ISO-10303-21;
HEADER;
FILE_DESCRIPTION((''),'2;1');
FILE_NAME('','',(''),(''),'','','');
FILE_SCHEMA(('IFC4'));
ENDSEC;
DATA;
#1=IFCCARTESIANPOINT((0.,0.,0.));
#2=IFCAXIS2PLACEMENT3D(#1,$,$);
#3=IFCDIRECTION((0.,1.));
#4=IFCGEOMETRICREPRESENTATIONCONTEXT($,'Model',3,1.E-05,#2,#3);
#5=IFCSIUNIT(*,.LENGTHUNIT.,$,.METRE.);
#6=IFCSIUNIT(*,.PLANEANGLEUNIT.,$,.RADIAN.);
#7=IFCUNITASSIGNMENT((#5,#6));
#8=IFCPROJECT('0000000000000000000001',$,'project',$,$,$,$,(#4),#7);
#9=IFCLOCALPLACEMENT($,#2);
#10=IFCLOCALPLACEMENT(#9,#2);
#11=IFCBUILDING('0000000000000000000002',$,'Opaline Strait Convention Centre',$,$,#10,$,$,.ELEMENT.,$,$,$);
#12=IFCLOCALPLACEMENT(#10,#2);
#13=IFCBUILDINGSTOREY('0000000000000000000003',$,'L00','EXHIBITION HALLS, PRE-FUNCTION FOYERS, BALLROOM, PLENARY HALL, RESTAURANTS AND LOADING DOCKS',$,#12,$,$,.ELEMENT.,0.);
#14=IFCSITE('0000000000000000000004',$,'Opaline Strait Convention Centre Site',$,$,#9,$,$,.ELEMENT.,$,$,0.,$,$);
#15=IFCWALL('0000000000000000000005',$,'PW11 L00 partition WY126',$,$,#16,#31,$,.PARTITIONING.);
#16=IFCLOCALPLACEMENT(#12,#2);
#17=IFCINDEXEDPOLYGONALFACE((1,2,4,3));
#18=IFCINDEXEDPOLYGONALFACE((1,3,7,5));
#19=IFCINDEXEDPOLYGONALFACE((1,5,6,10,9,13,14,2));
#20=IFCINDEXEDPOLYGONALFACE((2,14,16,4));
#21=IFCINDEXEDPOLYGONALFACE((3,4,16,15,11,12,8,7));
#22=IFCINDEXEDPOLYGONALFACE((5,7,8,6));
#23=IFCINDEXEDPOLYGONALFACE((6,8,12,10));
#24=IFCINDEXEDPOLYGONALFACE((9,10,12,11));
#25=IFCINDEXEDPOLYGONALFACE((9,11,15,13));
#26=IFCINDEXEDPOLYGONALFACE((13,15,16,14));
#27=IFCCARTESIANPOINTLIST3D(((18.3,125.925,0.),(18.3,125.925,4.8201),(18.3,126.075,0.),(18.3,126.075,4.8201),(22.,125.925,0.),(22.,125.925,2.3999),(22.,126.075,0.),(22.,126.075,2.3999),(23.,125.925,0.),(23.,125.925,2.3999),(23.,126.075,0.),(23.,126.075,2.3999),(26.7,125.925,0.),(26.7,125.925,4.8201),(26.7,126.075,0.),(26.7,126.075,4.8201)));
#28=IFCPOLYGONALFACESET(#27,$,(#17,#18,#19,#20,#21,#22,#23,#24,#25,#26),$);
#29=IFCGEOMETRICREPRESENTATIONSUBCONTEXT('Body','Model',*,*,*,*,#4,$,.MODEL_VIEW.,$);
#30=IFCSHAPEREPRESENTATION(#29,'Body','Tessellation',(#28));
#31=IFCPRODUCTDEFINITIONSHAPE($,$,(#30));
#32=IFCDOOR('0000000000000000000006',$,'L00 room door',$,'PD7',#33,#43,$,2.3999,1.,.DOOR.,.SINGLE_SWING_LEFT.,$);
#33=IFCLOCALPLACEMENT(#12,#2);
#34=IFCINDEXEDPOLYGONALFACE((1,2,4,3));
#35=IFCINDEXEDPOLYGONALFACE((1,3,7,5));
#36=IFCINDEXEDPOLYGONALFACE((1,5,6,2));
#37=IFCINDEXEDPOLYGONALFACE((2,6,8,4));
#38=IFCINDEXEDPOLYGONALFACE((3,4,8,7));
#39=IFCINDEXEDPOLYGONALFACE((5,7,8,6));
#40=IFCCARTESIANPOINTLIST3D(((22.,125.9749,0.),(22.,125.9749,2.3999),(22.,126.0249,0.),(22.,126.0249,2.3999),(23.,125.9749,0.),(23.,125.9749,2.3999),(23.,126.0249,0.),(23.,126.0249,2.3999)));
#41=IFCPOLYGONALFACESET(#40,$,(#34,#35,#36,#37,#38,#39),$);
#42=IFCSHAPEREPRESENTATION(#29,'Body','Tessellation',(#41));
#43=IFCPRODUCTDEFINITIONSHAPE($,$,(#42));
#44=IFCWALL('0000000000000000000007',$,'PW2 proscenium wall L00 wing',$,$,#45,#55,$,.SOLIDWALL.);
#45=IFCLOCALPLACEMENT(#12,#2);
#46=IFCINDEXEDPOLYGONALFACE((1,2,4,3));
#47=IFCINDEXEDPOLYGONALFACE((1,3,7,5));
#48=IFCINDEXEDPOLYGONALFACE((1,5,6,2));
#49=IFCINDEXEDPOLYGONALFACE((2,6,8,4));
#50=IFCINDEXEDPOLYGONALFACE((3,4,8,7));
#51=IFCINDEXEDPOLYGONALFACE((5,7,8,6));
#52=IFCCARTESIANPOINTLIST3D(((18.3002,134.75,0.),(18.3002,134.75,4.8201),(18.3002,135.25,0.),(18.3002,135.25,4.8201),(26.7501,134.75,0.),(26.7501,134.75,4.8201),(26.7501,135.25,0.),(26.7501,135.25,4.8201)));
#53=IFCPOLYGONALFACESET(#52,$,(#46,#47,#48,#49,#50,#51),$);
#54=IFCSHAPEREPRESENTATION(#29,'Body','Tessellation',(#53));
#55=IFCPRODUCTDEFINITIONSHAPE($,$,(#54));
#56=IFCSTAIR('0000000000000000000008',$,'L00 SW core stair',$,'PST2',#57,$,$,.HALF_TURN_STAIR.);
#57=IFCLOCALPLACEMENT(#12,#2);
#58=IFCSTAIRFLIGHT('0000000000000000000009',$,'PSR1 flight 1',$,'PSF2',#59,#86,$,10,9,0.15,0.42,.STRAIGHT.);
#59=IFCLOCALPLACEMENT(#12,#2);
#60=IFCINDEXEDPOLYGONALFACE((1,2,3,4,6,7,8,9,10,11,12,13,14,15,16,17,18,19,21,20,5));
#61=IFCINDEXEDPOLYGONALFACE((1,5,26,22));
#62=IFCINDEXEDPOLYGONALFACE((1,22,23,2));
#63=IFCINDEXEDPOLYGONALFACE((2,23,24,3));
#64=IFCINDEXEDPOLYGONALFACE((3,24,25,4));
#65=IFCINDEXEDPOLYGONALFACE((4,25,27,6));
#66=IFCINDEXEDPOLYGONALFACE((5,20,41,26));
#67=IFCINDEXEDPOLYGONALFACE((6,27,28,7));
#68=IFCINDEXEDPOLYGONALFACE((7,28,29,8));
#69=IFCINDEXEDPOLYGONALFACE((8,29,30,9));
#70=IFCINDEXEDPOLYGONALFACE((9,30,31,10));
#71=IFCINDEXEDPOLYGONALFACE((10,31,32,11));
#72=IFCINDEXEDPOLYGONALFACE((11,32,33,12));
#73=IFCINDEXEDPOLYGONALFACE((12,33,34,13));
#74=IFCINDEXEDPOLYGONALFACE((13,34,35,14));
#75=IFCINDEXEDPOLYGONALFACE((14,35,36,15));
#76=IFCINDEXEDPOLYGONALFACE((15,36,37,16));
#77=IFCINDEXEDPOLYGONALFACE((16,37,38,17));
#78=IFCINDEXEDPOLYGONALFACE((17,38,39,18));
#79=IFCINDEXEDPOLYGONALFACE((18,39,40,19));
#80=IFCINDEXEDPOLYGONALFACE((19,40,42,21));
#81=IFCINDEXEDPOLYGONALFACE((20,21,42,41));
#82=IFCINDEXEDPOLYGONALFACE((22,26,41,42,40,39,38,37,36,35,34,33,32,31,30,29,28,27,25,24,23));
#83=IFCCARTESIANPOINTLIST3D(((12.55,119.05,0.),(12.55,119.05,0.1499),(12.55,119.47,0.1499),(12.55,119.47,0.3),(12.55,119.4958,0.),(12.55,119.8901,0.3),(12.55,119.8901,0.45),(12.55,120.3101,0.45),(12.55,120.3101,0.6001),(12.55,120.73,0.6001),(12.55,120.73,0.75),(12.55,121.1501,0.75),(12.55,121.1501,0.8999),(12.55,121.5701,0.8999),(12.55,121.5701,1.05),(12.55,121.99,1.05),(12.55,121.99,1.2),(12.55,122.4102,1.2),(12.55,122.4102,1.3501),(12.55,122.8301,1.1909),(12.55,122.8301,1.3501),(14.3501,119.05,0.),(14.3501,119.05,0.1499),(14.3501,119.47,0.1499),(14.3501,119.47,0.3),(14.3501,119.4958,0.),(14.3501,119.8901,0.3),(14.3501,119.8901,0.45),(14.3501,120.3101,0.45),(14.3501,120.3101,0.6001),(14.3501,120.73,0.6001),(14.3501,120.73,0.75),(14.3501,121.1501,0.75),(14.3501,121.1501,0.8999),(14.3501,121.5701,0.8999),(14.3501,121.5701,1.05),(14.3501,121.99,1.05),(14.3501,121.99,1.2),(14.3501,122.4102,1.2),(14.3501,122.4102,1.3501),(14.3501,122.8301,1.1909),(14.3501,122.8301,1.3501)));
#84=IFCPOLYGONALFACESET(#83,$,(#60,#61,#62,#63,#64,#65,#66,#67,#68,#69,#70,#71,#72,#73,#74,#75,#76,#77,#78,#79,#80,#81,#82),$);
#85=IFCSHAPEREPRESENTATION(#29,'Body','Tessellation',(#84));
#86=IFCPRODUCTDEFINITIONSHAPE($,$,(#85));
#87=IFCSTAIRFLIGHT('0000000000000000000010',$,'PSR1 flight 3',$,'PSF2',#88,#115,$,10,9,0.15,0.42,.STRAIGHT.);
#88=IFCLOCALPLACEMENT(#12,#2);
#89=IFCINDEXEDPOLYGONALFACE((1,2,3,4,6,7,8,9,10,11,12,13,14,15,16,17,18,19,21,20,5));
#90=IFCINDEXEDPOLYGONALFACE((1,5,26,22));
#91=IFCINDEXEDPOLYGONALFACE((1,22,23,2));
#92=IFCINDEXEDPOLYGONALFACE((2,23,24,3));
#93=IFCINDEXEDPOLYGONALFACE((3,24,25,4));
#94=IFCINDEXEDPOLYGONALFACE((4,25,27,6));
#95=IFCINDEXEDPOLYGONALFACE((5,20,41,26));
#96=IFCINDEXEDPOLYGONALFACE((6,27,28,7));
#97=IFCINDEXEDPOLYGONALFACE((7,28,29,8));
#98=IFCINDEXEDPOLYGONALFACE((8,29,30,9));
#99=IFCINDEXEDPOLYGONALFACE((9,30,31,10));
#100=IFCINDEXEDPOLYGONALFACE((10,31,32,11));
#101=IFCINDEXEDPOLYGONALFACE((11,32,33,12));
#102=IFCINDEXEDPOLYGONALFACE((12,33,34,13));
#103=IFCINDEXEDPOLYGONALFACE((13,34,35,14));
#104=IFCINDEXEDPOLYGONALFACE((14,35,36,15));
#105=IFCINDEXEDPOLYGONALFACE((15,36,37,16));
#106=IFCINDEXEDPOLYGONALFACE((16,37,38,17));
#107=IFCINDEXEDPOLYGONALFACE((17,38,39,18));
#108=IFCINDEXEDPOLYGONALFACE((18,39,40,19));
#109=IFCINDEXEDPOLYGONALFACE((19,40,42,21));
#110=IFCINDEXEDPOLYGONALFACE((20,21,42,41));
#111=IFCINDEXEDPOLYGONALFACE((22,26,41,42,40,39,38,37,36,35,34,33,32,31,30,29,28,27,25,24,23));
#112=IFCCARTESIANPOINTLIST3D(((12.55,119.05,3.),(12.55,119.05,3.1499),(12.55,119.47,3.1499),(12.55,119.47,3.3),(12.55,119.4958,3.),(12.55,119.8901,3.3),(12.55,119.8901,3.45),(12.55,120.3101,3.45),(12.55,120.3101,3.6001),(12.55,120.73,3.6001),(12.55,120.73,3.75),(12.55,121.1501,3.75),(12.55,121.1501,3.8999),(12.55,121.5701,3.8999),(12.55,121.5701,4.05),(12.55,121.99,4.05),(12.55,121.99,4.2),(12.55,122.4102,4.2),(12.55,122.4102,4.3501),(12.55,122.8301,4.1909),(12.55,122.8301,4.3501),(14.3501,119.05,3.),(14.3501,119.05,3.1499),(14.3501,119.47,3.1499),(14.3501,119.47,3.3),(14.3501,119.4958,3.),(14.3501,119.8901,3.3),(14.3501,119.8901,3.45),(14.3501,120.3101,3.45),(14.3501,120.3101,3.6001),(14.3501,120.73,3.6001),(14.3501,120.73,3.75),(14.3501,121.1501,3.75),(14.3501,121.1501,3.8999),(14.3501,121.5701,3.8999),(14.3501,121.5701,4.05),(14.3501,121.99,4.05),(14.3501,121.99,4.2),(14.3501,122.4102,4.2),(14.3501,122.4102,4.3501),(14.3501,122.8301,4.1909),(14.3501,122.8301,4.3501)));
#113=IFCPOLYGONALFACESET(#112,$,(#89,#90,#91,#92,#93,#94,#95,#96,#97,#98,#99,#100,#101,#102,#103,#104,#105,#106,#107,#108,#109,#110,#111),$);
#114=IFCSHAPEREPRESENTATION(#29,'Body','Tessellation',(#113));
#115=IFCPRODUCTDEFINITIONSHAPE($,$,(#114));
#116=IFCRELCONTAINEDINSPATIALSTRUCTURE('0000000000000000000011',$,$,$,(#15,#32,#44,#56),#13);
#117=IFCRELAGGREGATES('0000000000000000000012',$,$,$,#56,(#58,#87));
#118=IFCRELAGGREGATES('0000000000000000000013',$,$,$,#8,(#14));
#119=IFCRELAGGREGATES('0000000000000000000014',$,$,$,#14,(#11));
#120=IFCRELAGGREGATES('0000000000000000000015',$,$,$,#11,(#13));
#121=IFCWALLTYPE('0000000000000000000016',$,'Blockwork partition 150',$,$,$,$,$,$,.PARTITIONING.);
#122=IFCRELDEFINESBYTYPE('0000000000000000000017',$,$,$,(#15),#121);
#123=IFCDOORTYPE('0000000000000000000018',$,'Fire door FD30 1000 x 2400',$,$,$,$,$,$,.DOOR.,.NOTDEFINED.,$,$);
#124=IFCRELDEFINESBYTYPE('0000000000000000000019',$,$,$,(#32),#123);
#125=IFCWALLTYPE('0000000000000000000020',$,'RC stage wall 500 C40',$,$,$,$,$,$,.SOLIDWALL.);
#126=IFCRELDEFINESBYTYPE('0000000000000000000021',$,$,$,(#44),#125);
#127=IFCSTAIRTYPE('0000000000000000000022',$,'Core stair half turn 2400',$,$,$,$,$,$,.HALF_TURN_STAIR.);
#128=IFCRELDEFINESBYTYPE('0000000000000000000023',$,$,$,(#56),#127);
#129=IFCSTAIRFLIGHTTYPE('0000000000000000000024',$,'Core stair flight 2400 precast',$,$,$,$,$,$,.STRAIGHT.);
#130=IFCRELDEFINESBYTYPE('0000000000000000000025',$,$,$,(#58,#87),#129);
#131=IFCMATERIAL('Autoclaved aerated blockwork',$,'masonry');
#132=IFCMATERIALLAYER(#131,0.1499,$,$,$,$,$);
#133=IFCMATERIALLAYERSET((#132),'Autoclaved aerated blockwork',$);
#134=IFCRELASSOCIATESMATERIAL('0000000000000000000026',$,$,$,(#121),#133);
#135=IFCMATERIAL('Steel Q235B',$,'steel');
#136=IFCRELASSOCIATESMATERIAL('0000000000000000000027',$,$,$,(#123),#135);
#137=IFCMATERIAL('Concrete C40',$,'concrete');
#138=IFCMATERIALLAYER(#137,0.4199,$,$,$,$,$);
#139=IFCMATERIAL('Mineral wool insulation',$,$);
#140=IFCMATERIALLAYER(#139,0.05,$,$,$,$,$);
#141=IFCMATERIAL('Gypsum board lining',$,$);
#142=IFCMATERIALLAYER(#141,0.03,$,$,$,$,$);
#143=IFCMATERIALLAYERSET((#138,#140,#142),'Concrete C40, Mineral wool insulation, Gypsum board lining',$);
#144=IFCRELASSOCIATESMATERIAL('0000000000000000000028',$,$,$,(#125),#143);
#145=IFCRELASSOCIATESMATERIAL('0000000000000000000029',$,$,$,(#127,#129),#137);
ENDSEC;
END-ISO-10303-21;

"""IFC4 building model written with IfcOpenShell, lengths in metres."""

from ifc_helpers import new_model, si_unit, direction, frame, frame_2d, origin, place, context, subcontext, project, spatial, polyline, rectangle, outline, extrude, material, layer, layer_set, type_object, element, fill, aggregate, save


model = new_model("IFC4")

# Units and contexts
model_context = context("Model", 3, precision=1e-05, world=origin(), true_north=direction((0.0, 1.0)))
body_context = subcontext(model_context, "Body", "Model", "MODEL_VIEW")
ifc_project = project(units=[si_unit("LENGTHUNIT", "METRE"), si_unit("PLANEANGLEUNIT", "RADIAN")], contexts=[model_context])

# Site, building, storey
site_placement = place(None, origin())
site = spatial("IfcSite", under=ifc_project, at=site_placement, Name="Opaline Strait Convention Centre Site", CompositionType="ELEMENT", RefElevation=0.0)
building_placement = place(site_placement, origin())
building = spatial("IfcBuilding", under=site, at=building_placement, Name="Opaline Strait Convention Centre", CompositionType="ELEMENT")
storey_placement = place(building_placement, origin())
storey = spatial("IfcBuildingStorey", under=building, at=storey_placement, Name="L00", Description="EXHIBITION HALLS, PRE-FUNCTION FOYERS, BALLROOM, PLENARY HALL, RESTAURANTS AND LOADING DOCKS", CompositionType="ELEMENT", Elevation=0.0)

# Shared definitions
ifc_material_1 = material(Name="Concrete C40", Category="concrete")

# Shared definitions
ifc_material_2 = material(Name="Autoclaved aerated blockwork", Category="masonry")
ifc_layer_1 = layer(ifc_material_2, 0.1499)
ifc_layer_set_1 = layer_set([ifc_layer_1], Name="Autoclaved aerated blockwork")
wall_type_1 = type_object("IfcWallType", Name="Blockwork partition 150", PredefinedType="PARTITIONING", material=ifc_layer_set_1)
ifc_material_3 = material(Name="Steel Q235B", Category="steel")
door_type = type_object("IfcDoorType", Name="Fire door FD30 1000 x 2400", OperationType="NOTDEFINED", PredefinedType="DOOR", material=ifc_material_3)

# Wall, opening, door
wall_1_placement = place(storey_placement, frame((18.3, 126.0, 0.0), z_axis=(0.0, 0.0, 1.0), x_axis=(1.0, 0.0, 0.0)))
wall_1 = element("IfcWall", 1, at=wall_1_placement, inside=storey, type_object=wall_type_1, Name="PW11 L00 partition WY126", PredefinedType="PARTITIONING", context=body_context, shape_type="SweptSolid", body=[
    extrude(rectangle(XDim=8.3999, YDim=0.1499, at=frame_2d((4.2, 0.0))), origin(), (0.0, 0.0, 1.0), 4.8201),
])
opening_1_placement = place(wall_1_placement, frame((3.7, 0.0, 0.0)))
opening_1 = element("IfcOpeningElement", 2, at=opening_1_placement, cuts=wall_1, PredefinedType="OPENING", context=body_context, shape_type="SweptSolid", body=[
    extrude(rectangle(XDim=1.0, YDim=2.3999, at=frame_2d((0.5, 1.2))), frame((0.0, 0.085, 0.0), z_axis=(0.0, -1.0, 0.0), x_axis=(1.0, 0.0, 0.0)), (0.0, 0.0, 1.0), 0.1699),
])
door_1_placement = place(opening_1_placement, origin())
door_1 = element("IfcDoor", 3, at=door_1_placement, inside=storey, type_object=door_type, Name="L00 room door", ObjectType="PD7", OperationType="SINGLE_SWING_LEFT", OverallHeight=2.3999, OverallWidth=1.0, PredefinedType="DOOR", context=body_context, shape_type="SweptSolid", body=[
    extrude(rectangle(XDim=1.0, YDim=2.3999, at=frame_2d((0.5, 1.2))), frame((0.0, 0.0249, 0.0), z_axis=(0.0, -1.0, 0.0), x_axis=(1.0, 0.0, 0.0)), (0.0, 0.0, 1.0), 0.05),
])
fill(opening_1, door_1)

# Wall
ifc_layer_2 = layer(ifc_material_1, 0.4199)
ifc_material_4 = material(Name="Mineral wool insulation")
ifc_layer_3 = layer(ifc_material_4, 0.05)
ifc_material_5 = material(Name="Gypsum board lining")
ifc_layer_4 = layer(ifc_material_5, 0.03)
ifc_layer_set_2 = layer_set([ifc_layer_2, ifc_layer_3, ifc_layer_4], Name="Concrete C40, Mineral wool insulation, Gypsum board lining")
wall_type_2 = type_object("IfcWallType", Name="RC stage wall 500 C40", PredefinedType="SOLIDWALL", material=ifc_layer_set_2)
wall_2_placement = place(storey_placement, frame((18.3, 135.0, 0.0), z_axis=(0.0, 0.0, 1.0), x_axis=(1.0, 0.0, 0.0)))
element("IfcWall", 4, at=wall_2_placement, inside=storey, type_object=wall_type_2, Name="PW2 proscenium wall L00 wing", PredefinedType="SOLIDWALL", context=body_context, shape_type="SweptSolid", body=[
    extrude(rectangle(XDim=8.45, YDim=0.5, at=frame_2d((4.2251, 0.0))), origin(), (0.0, 0.0, 1.0), 4.8201),
])

# Stair, stair flights
stair_type = type_object("IfcStairType", Name="Core stair half turn 2400", PredefinedType="HALF_TURN_STAIR", material=ifc_material_1)
stair_placement = place(storey_placement, origin())
stair = element("IfcStair", 5, at=stair_placement, inside=storey, type_object=stair_type, Name="L00 SW core stair", ObjectType="PST2", PredefinedType="HALF_TURN_STAIR")
stair_flight_type = type_object("IfcStairFlightType", Name="Core stair flight 2400 precast", PredefinedType="STRAIGHT", material=ifc_material_1)
stair_flight_1_placement = place(storey_placement, frame((13.45, 119.05, 0.0), z_axis=(0.0, 0.0, 1.0), x_axis=(0.0, 1.0, 0.0)))
stair_flight_1 = element("IfcStairFlight", 6, at=stair_flight_1_placement, type_object=stair_flight_type, Name="PSR1 flight 1", ObjectType="PSF2", NumberOfRisers=10, NumberOfTreads=9, PredefinedType="STRAIGHT", RiserHeight=0.15, TreadLength=0.42, context=body_context, shape_type="SweptSolid", body=[
    extrude(outline(polyline([(0.0, 0.0), (0.0, 0.1499), (0.4199, 0.1499), (0.4199, 0.3), (0.8401, 0.3), (0.8401, 0.45), (1.26, 0.45), (1.26, 0.6001), (1.6799, 0.6001), (1.6799, 0.75), (2.1001, 0.75), (2.1001, 0.8999), (2.52, 0.8999), (2.52, 1.05), (2.9399, 1.05), (2.9399, 1.2), (3.3601, 1.2), (3.3601, 1.3501), (3.78, 1.3501), (3.78, 1.5), (3.78, 1.1909), (0.4458, 0.0), (0.0, 0.0)])), frame((0.0, 0.8999, 0.0), z_axis=(0.0, -1.0, 0.0), x_axis=(1.0, 0.0, 0.0)), (0.0, 0.0, 1.0), 1.8),
])
stair_flight_2_placement = place(storey_placement, frame((13.45, 119.05, 3.0), z_axis=(0.0, 0.0, 1.0), x_axis=(0.0, 1.0, 0.0)))
stair_flight_2 = element("IfcStairFlight", 7, at=stair_flight_2_placement, type_object=stair_flight_type, Name="PSR1 flight 3", ObjectType="PSF2", NumberOfRisers=10, NumberOfTreads=9, PredefinedType="STRAIGHT", RiserHeight=0.15, TreadLength=0.42, context=body_context, shape_type="SweptSolid", body=[
    extrude(outline(polyline([(0.0, 0.0), (0.0, 0.1499), (0.4199, 0.1499), (0.4199, 0.3), (0.8401, 0.3), (0.8401, 0.45), (1.26, 0.45), (1.26, 0.6001), (1.6799, 0.6001), (1.6799, 0.75), (2.1001, 0.75), (2.1001, 0.8999), (2.52, 0.8999), (2.52, 1.05), (2.9399, 1.05), (2.9399, 1.2), (3.3601, 1.2), (3.3601, 1.3501), (3.78, 1.3501), (3.78, 1.5), (3.78, 1.1909), (0.4458, 0.0), (0.0, 0.0)])), frame((0.0, 0.8999, 0.0), z_axis=(0.0, -1.0, 0.0), x_axis=(1.0, 0.0, 0.0)), (0.0, 0.0, 1.0), 1.8),
])
aggregate(stair, [stair_flight_1, stair_flight_2])

save(model, "model.ifc")
